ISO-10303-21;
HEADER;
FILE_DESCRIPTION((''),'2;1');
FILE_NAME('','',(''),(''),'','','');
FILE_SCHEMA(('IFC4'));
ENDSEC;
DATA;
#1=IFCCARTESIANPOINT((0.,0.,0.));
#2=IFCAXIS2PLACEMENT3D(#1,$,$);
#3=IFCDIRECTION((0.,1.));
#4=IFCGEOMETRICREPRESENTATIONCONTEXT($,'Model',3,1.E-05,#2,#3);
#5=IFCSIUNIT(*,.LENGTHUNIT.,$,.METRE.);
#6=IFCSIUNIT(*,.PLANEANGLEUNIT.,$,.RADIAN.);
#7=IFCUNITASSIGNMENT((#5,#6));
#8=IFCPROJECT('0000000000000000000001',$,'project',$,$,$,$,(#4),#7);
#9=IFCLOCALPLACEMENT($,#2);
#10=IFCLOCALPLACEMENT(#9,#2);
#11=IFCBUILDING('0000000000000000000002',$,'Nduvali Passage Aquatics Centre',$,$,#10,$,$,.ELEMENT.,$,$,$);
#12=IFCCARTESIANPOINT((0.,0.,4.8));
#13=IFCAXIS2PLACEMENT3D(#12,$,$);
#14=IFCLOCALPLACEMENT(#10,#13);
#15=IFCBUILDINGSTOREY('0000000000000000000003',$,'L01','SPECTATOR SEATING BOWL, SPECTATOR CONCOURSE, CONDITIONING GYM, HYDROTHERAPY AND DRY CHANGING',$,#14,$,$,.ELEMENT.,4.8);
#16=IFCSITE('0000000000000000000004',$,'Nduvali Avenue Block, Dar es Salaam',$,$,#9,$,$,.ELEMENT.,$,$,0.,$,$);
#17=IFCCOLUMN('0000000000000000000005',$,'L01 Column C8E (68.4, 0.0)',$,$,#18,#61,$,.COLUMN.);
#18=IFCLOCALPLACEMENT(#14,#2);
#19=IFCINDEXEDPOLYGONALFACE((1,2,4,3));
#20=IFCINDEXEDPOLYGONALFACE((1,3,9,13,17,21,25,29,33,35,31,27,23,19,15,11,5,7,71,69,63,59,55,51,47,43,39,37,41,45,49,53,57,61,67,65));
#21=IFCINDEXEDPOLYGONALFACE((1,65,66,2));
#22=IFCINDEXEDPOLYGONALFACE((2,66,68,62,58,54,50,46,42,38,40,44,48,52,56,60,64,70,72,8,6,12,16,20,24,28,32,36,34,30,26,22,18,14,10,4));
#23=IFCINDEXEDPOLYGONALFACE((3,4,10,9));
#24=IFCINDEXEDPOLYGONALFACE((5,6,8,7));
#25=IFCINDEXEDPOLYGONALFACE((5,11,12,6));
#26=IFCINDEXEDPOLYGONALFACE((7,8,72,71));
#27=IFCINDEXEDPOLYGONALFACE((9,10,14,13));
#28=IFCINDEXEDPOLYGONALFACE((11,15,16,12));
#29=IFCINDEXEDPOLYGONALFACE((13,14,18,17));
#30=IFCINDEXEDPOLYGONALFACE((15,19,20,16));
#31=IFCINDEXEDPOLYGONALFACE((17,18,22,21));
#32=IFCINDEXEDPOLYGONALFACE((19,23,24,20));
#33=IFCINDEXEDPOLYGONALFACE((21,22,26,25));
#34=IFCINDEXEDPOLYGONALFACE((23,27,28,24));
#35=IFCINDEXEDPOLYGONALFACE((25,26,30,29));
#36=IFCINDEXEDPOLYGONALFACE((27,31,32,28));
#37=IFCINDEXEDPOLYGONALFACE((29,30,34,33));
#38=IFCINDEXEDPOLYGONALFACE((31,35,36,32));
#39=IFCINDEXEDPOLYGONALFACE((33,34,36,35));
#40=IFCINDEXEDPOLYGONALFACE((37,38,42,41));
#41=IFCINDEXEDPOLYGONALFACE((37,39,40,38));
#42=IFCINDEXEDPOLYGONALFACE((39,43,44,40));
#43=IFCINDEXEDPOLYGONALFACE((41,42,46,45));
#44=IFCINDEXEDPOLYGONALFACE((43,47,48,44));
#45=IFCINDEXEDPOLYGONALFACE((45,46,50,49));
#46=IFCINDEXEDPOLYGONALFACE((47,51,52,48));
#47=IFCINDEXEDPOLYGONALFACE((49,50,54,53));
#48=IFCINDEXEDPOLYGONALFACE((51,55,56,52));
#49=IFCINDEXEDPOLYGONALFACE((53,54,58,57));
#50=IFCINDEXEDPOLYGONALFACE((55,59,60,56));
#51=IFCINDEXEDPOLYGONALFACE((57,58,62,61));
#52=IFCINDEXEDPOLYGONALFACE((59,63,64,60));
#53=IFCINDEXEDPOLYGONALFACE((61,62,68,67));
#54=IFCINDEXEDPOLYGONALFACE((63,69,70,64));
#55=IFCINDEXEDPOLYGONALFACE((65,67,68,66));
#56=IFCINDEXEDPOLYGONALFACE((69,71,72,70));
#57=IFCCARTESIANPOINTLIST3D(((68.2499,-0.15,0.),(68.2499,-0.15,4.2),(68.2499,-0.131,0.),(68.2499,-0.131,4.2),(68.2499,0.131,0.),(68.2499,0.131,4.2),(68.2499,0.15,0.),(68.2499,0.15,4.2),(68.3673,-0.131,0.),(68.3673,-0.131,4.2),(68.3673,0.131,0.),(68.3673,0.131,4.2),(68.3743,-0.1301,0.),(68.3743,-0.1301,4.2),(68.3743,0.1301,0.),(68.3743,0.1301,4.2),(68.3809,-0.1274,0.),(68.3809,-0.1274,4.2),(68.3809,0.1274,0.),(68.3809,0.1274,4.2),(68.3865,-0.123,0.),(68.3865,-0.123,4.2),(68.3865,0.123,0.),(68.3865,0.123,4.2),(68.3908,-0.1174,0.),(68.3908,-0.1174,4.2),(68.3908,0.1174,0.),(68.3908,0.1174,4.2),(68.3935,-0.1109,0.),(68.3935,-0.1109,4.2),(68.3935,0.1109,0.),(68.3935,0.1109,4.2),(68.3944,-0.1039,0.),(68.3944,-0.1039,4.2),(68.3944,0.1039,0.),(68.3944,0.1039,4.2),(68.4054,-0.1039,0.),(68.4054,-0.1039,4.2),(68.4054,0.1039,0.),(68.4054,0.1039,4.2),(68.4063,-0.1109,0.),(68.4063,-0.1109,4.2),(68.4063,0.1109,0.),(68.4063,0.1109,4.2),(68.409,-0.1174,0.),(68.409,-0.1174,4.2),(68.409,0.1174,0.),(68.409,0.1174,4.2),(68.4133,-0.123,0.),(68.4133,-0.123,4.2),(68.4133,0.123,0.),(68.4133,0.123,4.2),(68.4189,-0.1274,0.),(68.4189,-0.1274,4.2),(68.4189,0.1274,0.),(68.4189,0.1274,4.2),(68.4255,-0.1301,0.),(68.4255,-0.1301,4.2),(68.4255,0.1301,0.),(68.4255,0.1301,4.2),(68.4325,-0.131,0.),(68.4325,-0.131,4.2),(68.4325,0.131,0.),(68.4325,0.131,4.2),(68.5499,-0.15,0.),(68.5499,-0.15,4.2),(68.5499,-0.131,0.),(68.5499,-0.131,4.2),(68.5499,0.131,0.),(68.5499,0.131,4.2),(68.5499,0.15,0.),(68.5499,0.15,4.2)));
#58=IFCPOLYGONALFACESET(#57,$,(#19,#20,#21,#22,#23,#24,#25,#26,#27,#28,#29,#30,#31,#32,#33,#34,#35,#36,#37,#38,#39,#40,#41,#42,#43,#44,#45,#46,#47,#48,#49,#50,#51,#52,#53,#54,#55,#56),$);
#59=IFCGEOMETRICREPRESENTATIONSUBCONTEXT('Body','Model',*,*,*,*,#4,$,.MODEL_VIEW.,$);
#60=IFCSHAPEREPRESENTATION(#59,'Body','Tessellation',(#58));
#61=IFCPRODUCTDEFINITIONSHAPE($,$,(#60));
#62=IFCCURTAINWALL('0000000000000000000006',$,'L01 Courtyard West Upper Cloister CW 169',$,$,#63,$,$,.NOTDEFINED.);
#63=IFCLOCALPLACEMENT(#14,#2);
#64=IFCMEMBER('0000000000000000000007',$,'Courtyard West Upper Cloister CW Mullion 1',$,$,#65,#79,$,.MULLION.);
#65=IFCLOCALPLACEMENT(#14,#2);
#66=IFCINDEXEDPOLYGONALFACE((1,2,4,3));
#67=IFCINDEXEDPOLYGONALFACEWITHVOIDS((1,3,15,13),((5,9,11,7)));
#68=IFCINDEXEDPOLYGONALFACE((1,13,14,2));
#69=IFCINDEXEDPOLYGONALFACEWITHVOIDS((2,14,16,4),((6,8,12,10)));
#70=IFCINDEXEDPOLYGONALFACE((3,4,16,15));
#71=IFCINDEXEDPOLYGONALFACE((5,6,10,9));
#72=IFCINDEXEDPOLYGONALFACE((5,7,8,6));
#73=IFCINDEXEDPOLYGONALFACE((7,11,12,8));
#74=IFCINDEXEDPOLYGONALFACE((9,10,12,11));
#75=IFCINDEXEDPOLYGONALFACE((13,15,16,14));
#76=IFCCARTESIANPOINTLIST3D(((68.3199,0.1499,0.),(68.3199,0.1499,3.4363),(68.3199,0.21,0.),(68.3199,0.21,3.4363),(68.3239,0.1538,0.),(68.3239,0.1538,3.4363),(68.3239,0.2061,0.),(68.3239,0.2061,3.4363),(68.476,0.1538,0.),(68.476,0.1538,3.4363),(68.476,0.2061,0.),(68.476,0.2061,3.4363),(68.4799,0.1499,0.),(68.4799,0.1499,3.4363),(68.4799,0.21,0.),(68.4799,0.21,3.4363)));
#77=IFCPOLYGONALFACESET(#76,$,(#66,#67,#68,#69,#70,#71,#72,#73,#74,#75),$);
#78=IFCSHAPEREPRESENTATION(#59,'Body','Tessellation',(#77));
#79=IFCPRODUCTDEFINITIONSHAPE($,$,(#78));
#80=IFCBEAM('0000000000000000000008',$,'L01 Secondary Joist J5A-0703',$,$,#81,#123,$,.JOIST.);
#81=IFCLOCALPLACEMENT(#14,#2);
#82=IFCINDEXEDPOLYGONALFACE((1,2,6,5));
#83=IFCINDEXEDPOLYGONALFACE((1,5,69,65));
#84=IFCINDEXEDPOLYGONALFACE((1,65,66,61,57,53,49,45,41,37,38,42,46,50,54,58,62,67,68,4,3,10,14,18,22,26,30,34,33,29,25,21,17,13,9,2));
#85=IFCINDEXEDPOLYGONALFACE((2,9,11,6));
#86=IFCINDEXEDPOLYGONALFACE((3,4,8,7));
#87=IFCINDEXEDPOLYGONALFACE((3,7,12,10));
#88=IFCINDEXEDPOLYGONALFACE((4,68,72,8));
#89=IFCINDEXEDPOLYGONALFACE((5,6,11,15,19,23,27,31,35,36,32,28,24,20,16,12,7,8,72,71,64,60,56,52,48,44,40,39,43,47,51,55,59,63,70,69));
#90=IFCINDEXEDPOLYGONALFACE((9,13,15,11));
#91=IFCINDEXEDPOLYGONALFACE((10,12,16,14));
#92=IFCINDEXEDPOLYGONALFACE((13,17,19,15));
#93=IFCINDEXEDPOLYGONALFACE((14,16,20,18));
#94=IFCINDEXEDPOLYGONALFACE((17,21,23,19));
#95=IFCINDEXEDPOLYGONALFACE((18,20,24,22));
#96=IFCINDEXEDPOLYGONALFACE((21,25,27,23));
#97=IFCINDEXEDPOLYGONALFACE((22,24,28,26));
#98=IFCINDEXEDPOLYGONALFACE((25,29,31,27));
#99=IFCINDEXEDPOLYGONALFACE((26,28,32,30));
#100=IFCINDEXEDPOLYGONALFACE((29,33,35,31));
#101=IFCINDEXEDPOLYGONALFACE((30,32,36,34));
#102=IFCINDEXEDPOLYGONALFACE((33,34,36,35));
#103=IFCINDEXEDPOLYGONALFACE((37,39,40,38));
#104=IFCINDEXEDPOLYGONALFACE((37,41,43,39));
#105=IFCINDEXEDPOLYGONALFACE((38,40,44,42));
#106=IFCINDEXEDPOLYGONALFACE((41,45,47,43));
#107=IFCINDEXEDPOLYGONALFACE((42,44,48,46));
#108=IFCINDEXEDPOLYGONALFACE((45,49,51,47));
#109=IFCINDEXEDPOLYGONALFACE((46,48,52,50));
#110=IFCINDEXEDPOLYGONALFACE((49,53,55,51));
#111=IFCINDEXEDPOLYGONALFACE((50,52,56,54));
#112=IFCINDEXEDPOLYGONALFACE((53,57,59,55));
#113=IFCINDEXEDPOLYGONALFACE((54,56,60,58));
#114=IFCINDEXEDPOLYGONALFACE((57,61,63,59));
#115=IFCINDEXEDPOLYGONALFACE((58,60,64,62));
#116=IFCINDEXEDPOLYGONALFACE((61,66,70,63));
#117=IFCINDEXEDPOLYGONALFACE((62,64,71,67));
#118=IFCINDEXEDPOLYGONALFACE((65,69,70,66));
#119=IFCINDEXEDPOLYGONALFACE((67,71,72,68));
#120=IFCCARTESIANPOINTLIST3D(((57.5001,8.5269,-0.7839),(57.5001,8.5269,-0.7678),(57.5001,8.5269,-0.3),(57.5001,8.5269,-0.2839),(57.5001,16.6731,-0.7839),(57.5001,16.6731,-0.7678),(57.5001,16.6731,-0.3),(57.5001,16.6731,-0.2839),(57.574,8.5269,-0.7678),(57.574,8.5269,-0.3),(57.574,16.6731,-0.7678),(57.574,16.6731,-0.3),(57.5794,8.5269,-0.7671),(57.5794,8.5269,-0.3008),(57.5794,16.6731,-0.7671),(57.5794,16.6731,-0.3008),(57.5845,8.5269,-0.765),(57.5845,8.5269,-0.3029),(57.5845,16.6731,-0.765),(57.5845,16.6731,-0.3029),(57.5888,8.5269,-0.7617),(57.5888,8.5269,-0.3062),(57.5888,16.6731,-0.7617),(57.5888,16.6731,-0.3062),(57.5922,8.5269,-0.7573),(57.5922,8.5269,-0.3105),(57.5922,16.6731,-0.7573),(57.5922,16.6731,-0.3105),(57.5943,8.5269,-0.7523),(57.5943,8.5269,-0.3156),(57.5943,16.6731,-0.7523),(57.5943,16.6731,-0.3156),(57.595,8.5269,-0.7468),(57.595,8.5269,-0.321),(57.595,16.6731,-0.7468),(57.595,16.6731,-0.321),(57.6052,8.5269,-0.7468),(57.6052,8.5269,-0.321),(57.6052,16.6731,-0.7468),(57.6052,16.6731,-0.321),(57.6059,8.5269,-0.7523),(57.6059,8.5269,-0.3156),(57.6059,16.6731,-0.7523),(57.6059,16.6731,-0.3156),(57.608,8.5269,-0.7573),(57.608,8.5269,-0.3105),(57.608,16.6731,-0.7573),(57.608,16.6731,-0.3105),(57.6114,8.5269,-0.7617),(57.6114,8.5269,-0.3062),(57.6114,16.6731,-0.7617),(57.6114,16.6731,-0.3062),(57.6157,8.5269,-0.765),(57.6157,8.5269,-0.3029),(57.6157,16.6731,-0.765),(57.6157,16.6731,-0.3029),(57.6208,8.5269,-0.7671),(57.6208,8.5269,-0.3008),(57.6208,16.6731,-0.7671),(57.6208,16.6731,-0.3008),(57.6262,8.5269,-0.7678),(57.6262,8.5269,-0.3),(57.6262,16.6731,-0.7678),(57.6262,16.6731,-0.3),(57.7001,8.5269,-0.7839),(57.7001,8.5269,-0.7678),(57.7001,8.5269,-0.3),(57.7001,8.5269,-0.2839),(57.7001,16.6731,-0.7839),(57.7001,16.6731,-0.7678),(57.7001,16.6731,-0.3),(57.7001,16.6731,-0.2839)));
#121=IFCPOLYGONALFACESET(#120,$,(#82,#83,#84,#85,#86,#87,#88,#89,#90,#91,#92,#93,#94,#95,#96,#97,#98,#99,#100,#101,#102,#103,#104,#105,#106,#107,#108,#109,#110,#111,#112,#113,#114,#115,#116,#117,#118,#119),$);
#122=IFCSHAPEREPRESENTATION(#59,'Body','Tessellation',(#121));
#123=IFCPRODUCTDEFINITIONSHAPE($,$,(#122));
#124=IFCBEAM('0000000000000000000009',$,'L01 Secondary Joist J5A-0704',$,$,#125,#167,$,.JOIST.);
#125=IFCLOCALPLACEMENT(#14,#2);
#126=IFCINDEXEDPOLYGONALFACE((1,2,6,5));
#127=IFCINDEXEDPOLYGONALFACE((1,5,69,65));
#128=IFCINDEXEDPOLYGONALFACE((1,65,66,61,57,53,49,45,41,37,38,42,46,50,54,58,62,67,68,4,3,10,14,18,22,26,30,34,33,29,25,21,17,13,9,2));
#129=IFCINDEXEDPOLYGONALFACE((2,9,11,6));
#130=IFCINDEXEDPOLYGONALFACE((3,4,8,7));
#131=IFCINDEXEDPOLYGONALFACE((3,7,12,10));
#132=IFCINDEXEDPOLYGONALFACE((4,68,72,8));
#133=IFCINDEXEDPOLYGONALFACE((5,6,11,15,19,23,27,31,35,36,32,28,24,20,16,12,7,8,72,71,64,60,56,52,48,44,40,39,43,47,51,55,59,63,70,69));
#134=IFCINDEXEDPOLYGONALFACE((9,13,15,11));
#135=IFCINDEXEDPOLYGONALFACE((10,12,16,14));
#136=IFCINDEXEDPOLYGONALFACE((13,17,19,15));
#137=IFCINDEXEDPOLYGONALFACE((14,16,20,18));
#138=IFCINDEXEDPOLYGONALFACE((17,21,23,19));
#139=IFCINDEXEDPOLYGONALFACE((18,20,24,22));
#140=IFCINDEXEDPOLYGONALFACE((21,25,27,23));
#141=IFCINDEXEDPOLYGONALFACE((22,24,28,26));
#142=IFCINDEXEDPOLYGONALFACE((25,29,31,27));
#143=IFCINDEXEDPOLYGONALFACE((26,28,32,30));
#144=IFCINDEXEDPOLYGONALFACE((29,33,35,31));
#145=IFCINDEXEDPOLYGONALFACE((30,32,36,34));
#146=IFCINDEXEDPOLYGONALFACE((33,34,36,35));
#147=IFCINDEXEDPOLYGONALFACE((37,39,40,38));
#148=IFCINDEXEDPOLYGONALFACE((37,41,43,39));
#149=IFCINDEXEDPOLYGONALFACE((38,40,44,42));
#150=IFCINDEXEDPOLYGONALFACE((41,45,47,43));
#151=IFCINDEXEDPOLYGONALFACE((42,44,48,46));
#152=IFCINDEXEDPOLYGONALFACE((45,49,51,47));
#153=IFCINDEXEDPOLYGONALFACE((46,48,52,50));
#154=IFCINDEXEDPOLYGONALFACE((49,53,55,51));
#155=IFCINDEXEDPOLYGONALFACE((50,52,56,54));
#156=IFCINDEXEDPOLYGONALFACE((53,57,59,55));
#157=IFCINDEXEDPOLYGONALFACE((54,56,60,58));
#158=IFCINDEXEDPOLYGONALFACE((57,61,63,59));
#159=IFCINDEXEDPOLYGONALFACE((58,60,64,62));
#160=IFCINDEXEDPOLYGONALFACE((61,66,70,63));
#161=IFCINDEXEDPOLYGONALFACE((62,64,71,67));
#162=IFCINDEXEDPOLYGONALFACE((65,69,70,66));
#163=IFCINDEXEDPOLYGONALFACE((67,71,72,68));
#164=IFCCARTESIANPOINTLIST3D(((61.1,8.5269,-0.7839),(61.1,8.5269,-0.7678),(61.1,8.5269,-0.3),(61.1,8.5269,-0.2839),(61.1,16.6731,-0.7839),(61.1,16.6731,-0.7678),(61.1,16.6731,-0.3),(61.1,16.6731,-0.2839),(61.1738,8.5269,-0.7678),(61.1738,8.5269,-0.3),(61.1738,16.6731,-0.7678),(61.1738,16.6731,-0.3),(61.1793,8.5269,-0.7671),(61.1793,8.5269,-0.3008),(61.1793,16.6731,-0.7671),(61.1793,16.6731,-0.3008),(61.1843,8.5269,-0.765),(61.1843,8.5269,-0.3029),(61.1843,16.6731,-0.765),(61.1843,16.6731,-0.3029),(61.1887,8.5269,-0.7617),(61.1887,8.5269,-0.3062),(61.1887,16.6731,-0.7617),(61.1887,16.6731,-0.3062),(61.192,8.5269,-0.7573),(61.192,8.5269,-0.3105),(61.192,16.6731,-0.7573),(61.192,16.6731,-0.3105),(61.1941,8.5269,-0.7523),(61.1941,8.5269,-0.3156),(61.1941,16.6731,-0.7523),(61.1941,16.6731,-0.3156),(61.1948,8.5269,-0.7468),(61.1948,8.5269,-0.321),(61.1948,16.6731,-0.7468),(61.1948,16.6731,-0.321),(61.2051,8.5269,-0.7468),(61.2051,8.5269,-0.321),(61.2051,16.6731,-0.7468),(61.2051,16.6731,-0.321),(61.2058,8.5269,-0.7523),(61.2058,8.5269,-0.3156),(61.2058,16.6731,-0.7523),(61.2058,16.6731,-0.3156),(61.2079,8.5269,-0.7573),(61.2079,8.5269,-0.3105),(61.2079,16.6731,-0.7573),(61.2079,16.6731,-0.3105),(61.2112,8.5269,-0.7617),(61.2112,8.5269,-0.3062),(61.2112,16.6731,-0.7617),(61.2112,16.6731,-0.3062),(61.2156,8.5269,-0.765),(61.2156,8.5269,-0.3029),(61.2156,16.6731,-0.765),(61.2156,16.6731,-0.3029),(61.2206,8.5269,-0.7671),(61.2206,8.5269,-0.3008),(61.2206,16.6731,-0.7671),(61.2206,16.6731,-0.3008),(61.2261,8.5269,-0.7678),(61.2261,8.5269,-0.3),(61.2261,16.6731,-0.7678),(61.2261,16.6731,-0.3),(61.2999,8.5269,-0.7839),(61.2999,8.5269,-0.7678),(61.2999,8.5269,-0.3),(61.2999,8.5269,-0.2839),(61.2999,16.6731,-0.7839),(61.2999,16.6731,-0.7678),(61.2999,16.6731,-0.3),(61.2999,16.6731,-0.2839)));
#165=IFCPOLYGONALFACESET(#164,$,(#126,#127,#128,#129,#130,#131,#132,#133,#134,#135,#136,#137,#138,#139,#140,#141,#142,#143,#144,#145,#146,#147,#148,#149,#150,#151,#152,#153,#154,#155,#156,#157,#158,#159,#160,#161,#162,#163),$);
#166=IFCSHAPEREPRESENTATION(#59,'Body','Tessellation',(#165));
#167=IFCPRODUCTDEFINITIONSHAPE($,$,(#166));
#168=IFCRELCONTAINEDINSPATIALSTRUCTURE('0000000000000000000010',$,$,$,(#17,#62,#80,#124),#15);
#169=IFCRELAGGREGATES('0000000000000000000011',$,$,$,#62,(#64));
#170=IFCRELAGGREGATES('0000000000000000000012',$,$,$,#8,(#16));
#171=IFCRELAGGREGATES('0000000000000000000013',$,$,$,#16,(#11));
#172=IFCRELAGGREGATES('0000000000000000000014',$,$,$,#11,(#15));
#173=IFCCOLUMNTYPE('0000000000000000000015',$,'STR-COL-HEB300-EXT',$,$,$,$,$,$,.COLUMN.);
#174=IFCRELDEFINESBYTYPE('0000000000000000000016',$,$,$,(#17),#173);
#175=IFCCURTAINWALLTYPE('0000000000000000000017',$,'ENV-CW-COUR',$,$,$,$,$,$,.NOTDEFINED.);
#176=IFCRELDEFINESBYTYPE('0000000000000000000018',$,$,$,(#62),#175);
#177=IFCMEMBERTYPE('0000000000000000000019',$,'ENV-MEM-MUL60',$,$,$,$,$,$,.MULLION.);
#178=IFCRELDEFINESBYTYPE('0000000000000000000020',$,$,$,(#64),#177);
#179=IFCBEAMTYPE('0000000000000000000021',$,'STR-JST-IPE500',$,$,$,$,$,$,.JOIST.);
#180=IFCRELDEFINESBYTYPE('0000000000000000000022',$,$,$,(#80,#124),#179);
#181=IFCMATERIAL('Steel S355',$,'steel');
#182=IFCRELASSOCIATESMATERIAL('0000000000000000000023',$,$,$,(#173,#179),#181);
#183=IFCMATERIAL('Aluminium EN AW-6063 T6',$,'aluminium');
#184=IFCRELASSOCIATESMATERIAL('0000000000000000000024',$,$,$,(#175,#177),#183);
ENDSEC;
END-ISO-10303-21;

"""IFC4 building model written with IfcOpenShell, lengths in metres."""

from ifc_helpers import new_model, si_unit, direction, frame, origin, origin_2d, place, context, subcontext, project, spatial, hollow_rectangle, i_section, extrude, material, material_profile, profile_set, type_object, element, aggregate, save


model = new_model("IFC4")

# Units and contexts
model_context = context("Model", 3, precision=1e-05, world=origin(), true_north=direction((0.0, 1.0)))
body_context = subcontext(model_context, "Body", "Model", "MODEL_VIEW")
ifc_project = project(units=[si_unit("LENGTHUNIT", "METRE"), si_unit("PLANEANGLEUNIT", "RADIAN")], contexts=[model_context])

# Site, building, storey
site_placement = place(None, origin())
site = spatial("IfcSite", under=ifc_project, at=site_placement, Name="Nduvali Avenue Block, Dar es Salaam", CompositionType="ELEMENT", RefElevation=0.0)
building_placement = place(site_placement, origin())
building = spatial("IfcBuilding", under=site, at=building_placement, Name="Nduvali Passage Aquatics Centre", CompositionType="ELEMENT")
storey_placement = place(building_placement, frame((0.0, 0.0, 4.8)))
storey = spatial("IfcBuildingStorey", under=building, at=storey_placement, Name="L01", Description="SPECTATOR SEATING BOWL, SPECTATOR CONCOURSE, CONDITIONING GYM, HYDROTHERAPY AND DRY CHANGING", CompositionType="ELEMENT", Elevation=4.8)

# Column
ifc_material_1 = material(Name="Steel S355", Category="steel")
ifc_material_profile_1 = material_profile(ifc_material_1, i_section(OverallWidth=0.3, OverallDepth=0.3, WebThickness=0.011, FlangeThickness=0.019, FilletRadius=0.0271, at=origin_2d()), Name="HEB 300")
ifc_profile_set_1 = profile_set([ifc_material_profile_1], Name="Steel S355")
column_type = type_object("IfcColumnType", Name="STR-COL-HEB300-EXT", PredefinedType="COLUMN", material=ifc_profile_set_1)
column_placement = place(storey_placement, frame((68.3999, 0.0, 0.0), z_axis=(0.0, 0.0, 1.0), x_axis=(1.0, 0.0, 0.0)))
element("IfcColumn", 1, at=column_placement, inside=storey, type_object=column_type, Name="L01 Column C8E (68.4, 0.0)", PredefinedType="COLUMN", context=body_context, shape_type="SweptSolid", body=[
    extrude(i_section(OverallWidth=0.3, OverallDepth=0.3, WebThickness=0.011, FlangeThickness=0.019, FilletRadius=0.0271, at=origin_2d()), origin(), (0.0, 0.0, 1.0), 4.2),
])

# Curtain wall, member
ifc_material_2 = material(Name="Aluminium EN AW-6063 T6", Category="aluminium")
curtain_wall_type = type_object("IfcCurtainWallType", Name="ENV-CW-COUR", PredefinedType="NOTDEFINED", material=ifc_material_2)
curtain_wall_placement = place(storey_placement, origin())
curtain_wall = element("IfcCurtainWall", 2, at=curtain_wall_placement, inside=storey, type_object=curtain_wall_type, Name="L01 Courtyard West Upper Cloister CW 169", PredefinedType="NOTDEFINED")
ifc_material_profile_2 = material_profile(ifc_material_2, hollow_rectangle(XDim=0.0601, YDim=0.1599, WallThickness=0.0039, at=origin_2d()), Name="ALU MULLION 60x160x4")
ifc_profile_set_2 = profile_set([ifc_material_profile_2], Name="Aluminium EN AW-6063 T6")
member_type = type_object("IfcMemberType", Name="ENV-MEM-MUL60", PredefinedType="MULLION", material=ifc_profile_set_2)
member_placement = place(storey_placement, frame((68.3999, 0.1799, 0.0), z_axis=(0.0, 0.0, 1.0), x_axis=(0.0, 1.0, 0.0)))
member = element("IfcMember", 3, at=member_placement, type_object=member_type, Name="Courtyard West Upper Cloister CW Mullion 1", PredefinedType="MULLION", context=body_context, shape_type="SweptSolid", body=[
    extrude(hollow_rectangle(XDim=0.0601, YDim=0.1599, WallThickness=0.0039, at=origin_2d()), origin(), (0.0, 0.0, 1.0), 3.4363),
])
aggregate(curtain_wall, [member])

# Beams
ifc_material_profile_3 = material_profile(ifc_material_1, i_section(OverallWidth=0.2, OverallDepth=0.5, WebThickness=0.0103, FlangeThickness=0.0161, FilletRadius=0.021, at=origin_2d()), Name="IPE 500")
ifc_profile_set_3 = profile_set([ifc_material_profile_3], Name="Steel S355")
beam_type_1 = type_object("IfcBeamType", Name="STR-JST-IPE500", PredefinedType="JOIST", material=ifc_profile_set_3)
for number, where, z_axis, x_axis, name in (
    (4, (57.6001, 8.5269, -0.5339), (0.0, 1.0, 0.0), (-1.0, 0.0, 0.0), "L01 Secondary Joist J5A-0703"),
    (5, (61.2, 8.5269, -0.5339), (0.0, 1.0, 0.0), (-1.0, 0.0, 0.0), "L01 Secondary Joist J5A-0704"),
):
    element("IfcBeam", number, at=place(storey_placement, frame(where, z_axis=z_axis, x_axis=x_axis)), inside=storey, type_object=beam_type_1, Name=name, PredefinedType="JOIST", context=body_context, shape_type="SweptSolid", body=[
        extrude(i_section(OverallWidth=0.2, OverallDepth=0.5, WebThickness=0.0103, FlangeThickness=0.0161, FilletRadius=0.021, at=origin_2d()), origin(), (0.0, 0.0, 1.0), 8.1462),
    ])

save(model, "model.ifc")
